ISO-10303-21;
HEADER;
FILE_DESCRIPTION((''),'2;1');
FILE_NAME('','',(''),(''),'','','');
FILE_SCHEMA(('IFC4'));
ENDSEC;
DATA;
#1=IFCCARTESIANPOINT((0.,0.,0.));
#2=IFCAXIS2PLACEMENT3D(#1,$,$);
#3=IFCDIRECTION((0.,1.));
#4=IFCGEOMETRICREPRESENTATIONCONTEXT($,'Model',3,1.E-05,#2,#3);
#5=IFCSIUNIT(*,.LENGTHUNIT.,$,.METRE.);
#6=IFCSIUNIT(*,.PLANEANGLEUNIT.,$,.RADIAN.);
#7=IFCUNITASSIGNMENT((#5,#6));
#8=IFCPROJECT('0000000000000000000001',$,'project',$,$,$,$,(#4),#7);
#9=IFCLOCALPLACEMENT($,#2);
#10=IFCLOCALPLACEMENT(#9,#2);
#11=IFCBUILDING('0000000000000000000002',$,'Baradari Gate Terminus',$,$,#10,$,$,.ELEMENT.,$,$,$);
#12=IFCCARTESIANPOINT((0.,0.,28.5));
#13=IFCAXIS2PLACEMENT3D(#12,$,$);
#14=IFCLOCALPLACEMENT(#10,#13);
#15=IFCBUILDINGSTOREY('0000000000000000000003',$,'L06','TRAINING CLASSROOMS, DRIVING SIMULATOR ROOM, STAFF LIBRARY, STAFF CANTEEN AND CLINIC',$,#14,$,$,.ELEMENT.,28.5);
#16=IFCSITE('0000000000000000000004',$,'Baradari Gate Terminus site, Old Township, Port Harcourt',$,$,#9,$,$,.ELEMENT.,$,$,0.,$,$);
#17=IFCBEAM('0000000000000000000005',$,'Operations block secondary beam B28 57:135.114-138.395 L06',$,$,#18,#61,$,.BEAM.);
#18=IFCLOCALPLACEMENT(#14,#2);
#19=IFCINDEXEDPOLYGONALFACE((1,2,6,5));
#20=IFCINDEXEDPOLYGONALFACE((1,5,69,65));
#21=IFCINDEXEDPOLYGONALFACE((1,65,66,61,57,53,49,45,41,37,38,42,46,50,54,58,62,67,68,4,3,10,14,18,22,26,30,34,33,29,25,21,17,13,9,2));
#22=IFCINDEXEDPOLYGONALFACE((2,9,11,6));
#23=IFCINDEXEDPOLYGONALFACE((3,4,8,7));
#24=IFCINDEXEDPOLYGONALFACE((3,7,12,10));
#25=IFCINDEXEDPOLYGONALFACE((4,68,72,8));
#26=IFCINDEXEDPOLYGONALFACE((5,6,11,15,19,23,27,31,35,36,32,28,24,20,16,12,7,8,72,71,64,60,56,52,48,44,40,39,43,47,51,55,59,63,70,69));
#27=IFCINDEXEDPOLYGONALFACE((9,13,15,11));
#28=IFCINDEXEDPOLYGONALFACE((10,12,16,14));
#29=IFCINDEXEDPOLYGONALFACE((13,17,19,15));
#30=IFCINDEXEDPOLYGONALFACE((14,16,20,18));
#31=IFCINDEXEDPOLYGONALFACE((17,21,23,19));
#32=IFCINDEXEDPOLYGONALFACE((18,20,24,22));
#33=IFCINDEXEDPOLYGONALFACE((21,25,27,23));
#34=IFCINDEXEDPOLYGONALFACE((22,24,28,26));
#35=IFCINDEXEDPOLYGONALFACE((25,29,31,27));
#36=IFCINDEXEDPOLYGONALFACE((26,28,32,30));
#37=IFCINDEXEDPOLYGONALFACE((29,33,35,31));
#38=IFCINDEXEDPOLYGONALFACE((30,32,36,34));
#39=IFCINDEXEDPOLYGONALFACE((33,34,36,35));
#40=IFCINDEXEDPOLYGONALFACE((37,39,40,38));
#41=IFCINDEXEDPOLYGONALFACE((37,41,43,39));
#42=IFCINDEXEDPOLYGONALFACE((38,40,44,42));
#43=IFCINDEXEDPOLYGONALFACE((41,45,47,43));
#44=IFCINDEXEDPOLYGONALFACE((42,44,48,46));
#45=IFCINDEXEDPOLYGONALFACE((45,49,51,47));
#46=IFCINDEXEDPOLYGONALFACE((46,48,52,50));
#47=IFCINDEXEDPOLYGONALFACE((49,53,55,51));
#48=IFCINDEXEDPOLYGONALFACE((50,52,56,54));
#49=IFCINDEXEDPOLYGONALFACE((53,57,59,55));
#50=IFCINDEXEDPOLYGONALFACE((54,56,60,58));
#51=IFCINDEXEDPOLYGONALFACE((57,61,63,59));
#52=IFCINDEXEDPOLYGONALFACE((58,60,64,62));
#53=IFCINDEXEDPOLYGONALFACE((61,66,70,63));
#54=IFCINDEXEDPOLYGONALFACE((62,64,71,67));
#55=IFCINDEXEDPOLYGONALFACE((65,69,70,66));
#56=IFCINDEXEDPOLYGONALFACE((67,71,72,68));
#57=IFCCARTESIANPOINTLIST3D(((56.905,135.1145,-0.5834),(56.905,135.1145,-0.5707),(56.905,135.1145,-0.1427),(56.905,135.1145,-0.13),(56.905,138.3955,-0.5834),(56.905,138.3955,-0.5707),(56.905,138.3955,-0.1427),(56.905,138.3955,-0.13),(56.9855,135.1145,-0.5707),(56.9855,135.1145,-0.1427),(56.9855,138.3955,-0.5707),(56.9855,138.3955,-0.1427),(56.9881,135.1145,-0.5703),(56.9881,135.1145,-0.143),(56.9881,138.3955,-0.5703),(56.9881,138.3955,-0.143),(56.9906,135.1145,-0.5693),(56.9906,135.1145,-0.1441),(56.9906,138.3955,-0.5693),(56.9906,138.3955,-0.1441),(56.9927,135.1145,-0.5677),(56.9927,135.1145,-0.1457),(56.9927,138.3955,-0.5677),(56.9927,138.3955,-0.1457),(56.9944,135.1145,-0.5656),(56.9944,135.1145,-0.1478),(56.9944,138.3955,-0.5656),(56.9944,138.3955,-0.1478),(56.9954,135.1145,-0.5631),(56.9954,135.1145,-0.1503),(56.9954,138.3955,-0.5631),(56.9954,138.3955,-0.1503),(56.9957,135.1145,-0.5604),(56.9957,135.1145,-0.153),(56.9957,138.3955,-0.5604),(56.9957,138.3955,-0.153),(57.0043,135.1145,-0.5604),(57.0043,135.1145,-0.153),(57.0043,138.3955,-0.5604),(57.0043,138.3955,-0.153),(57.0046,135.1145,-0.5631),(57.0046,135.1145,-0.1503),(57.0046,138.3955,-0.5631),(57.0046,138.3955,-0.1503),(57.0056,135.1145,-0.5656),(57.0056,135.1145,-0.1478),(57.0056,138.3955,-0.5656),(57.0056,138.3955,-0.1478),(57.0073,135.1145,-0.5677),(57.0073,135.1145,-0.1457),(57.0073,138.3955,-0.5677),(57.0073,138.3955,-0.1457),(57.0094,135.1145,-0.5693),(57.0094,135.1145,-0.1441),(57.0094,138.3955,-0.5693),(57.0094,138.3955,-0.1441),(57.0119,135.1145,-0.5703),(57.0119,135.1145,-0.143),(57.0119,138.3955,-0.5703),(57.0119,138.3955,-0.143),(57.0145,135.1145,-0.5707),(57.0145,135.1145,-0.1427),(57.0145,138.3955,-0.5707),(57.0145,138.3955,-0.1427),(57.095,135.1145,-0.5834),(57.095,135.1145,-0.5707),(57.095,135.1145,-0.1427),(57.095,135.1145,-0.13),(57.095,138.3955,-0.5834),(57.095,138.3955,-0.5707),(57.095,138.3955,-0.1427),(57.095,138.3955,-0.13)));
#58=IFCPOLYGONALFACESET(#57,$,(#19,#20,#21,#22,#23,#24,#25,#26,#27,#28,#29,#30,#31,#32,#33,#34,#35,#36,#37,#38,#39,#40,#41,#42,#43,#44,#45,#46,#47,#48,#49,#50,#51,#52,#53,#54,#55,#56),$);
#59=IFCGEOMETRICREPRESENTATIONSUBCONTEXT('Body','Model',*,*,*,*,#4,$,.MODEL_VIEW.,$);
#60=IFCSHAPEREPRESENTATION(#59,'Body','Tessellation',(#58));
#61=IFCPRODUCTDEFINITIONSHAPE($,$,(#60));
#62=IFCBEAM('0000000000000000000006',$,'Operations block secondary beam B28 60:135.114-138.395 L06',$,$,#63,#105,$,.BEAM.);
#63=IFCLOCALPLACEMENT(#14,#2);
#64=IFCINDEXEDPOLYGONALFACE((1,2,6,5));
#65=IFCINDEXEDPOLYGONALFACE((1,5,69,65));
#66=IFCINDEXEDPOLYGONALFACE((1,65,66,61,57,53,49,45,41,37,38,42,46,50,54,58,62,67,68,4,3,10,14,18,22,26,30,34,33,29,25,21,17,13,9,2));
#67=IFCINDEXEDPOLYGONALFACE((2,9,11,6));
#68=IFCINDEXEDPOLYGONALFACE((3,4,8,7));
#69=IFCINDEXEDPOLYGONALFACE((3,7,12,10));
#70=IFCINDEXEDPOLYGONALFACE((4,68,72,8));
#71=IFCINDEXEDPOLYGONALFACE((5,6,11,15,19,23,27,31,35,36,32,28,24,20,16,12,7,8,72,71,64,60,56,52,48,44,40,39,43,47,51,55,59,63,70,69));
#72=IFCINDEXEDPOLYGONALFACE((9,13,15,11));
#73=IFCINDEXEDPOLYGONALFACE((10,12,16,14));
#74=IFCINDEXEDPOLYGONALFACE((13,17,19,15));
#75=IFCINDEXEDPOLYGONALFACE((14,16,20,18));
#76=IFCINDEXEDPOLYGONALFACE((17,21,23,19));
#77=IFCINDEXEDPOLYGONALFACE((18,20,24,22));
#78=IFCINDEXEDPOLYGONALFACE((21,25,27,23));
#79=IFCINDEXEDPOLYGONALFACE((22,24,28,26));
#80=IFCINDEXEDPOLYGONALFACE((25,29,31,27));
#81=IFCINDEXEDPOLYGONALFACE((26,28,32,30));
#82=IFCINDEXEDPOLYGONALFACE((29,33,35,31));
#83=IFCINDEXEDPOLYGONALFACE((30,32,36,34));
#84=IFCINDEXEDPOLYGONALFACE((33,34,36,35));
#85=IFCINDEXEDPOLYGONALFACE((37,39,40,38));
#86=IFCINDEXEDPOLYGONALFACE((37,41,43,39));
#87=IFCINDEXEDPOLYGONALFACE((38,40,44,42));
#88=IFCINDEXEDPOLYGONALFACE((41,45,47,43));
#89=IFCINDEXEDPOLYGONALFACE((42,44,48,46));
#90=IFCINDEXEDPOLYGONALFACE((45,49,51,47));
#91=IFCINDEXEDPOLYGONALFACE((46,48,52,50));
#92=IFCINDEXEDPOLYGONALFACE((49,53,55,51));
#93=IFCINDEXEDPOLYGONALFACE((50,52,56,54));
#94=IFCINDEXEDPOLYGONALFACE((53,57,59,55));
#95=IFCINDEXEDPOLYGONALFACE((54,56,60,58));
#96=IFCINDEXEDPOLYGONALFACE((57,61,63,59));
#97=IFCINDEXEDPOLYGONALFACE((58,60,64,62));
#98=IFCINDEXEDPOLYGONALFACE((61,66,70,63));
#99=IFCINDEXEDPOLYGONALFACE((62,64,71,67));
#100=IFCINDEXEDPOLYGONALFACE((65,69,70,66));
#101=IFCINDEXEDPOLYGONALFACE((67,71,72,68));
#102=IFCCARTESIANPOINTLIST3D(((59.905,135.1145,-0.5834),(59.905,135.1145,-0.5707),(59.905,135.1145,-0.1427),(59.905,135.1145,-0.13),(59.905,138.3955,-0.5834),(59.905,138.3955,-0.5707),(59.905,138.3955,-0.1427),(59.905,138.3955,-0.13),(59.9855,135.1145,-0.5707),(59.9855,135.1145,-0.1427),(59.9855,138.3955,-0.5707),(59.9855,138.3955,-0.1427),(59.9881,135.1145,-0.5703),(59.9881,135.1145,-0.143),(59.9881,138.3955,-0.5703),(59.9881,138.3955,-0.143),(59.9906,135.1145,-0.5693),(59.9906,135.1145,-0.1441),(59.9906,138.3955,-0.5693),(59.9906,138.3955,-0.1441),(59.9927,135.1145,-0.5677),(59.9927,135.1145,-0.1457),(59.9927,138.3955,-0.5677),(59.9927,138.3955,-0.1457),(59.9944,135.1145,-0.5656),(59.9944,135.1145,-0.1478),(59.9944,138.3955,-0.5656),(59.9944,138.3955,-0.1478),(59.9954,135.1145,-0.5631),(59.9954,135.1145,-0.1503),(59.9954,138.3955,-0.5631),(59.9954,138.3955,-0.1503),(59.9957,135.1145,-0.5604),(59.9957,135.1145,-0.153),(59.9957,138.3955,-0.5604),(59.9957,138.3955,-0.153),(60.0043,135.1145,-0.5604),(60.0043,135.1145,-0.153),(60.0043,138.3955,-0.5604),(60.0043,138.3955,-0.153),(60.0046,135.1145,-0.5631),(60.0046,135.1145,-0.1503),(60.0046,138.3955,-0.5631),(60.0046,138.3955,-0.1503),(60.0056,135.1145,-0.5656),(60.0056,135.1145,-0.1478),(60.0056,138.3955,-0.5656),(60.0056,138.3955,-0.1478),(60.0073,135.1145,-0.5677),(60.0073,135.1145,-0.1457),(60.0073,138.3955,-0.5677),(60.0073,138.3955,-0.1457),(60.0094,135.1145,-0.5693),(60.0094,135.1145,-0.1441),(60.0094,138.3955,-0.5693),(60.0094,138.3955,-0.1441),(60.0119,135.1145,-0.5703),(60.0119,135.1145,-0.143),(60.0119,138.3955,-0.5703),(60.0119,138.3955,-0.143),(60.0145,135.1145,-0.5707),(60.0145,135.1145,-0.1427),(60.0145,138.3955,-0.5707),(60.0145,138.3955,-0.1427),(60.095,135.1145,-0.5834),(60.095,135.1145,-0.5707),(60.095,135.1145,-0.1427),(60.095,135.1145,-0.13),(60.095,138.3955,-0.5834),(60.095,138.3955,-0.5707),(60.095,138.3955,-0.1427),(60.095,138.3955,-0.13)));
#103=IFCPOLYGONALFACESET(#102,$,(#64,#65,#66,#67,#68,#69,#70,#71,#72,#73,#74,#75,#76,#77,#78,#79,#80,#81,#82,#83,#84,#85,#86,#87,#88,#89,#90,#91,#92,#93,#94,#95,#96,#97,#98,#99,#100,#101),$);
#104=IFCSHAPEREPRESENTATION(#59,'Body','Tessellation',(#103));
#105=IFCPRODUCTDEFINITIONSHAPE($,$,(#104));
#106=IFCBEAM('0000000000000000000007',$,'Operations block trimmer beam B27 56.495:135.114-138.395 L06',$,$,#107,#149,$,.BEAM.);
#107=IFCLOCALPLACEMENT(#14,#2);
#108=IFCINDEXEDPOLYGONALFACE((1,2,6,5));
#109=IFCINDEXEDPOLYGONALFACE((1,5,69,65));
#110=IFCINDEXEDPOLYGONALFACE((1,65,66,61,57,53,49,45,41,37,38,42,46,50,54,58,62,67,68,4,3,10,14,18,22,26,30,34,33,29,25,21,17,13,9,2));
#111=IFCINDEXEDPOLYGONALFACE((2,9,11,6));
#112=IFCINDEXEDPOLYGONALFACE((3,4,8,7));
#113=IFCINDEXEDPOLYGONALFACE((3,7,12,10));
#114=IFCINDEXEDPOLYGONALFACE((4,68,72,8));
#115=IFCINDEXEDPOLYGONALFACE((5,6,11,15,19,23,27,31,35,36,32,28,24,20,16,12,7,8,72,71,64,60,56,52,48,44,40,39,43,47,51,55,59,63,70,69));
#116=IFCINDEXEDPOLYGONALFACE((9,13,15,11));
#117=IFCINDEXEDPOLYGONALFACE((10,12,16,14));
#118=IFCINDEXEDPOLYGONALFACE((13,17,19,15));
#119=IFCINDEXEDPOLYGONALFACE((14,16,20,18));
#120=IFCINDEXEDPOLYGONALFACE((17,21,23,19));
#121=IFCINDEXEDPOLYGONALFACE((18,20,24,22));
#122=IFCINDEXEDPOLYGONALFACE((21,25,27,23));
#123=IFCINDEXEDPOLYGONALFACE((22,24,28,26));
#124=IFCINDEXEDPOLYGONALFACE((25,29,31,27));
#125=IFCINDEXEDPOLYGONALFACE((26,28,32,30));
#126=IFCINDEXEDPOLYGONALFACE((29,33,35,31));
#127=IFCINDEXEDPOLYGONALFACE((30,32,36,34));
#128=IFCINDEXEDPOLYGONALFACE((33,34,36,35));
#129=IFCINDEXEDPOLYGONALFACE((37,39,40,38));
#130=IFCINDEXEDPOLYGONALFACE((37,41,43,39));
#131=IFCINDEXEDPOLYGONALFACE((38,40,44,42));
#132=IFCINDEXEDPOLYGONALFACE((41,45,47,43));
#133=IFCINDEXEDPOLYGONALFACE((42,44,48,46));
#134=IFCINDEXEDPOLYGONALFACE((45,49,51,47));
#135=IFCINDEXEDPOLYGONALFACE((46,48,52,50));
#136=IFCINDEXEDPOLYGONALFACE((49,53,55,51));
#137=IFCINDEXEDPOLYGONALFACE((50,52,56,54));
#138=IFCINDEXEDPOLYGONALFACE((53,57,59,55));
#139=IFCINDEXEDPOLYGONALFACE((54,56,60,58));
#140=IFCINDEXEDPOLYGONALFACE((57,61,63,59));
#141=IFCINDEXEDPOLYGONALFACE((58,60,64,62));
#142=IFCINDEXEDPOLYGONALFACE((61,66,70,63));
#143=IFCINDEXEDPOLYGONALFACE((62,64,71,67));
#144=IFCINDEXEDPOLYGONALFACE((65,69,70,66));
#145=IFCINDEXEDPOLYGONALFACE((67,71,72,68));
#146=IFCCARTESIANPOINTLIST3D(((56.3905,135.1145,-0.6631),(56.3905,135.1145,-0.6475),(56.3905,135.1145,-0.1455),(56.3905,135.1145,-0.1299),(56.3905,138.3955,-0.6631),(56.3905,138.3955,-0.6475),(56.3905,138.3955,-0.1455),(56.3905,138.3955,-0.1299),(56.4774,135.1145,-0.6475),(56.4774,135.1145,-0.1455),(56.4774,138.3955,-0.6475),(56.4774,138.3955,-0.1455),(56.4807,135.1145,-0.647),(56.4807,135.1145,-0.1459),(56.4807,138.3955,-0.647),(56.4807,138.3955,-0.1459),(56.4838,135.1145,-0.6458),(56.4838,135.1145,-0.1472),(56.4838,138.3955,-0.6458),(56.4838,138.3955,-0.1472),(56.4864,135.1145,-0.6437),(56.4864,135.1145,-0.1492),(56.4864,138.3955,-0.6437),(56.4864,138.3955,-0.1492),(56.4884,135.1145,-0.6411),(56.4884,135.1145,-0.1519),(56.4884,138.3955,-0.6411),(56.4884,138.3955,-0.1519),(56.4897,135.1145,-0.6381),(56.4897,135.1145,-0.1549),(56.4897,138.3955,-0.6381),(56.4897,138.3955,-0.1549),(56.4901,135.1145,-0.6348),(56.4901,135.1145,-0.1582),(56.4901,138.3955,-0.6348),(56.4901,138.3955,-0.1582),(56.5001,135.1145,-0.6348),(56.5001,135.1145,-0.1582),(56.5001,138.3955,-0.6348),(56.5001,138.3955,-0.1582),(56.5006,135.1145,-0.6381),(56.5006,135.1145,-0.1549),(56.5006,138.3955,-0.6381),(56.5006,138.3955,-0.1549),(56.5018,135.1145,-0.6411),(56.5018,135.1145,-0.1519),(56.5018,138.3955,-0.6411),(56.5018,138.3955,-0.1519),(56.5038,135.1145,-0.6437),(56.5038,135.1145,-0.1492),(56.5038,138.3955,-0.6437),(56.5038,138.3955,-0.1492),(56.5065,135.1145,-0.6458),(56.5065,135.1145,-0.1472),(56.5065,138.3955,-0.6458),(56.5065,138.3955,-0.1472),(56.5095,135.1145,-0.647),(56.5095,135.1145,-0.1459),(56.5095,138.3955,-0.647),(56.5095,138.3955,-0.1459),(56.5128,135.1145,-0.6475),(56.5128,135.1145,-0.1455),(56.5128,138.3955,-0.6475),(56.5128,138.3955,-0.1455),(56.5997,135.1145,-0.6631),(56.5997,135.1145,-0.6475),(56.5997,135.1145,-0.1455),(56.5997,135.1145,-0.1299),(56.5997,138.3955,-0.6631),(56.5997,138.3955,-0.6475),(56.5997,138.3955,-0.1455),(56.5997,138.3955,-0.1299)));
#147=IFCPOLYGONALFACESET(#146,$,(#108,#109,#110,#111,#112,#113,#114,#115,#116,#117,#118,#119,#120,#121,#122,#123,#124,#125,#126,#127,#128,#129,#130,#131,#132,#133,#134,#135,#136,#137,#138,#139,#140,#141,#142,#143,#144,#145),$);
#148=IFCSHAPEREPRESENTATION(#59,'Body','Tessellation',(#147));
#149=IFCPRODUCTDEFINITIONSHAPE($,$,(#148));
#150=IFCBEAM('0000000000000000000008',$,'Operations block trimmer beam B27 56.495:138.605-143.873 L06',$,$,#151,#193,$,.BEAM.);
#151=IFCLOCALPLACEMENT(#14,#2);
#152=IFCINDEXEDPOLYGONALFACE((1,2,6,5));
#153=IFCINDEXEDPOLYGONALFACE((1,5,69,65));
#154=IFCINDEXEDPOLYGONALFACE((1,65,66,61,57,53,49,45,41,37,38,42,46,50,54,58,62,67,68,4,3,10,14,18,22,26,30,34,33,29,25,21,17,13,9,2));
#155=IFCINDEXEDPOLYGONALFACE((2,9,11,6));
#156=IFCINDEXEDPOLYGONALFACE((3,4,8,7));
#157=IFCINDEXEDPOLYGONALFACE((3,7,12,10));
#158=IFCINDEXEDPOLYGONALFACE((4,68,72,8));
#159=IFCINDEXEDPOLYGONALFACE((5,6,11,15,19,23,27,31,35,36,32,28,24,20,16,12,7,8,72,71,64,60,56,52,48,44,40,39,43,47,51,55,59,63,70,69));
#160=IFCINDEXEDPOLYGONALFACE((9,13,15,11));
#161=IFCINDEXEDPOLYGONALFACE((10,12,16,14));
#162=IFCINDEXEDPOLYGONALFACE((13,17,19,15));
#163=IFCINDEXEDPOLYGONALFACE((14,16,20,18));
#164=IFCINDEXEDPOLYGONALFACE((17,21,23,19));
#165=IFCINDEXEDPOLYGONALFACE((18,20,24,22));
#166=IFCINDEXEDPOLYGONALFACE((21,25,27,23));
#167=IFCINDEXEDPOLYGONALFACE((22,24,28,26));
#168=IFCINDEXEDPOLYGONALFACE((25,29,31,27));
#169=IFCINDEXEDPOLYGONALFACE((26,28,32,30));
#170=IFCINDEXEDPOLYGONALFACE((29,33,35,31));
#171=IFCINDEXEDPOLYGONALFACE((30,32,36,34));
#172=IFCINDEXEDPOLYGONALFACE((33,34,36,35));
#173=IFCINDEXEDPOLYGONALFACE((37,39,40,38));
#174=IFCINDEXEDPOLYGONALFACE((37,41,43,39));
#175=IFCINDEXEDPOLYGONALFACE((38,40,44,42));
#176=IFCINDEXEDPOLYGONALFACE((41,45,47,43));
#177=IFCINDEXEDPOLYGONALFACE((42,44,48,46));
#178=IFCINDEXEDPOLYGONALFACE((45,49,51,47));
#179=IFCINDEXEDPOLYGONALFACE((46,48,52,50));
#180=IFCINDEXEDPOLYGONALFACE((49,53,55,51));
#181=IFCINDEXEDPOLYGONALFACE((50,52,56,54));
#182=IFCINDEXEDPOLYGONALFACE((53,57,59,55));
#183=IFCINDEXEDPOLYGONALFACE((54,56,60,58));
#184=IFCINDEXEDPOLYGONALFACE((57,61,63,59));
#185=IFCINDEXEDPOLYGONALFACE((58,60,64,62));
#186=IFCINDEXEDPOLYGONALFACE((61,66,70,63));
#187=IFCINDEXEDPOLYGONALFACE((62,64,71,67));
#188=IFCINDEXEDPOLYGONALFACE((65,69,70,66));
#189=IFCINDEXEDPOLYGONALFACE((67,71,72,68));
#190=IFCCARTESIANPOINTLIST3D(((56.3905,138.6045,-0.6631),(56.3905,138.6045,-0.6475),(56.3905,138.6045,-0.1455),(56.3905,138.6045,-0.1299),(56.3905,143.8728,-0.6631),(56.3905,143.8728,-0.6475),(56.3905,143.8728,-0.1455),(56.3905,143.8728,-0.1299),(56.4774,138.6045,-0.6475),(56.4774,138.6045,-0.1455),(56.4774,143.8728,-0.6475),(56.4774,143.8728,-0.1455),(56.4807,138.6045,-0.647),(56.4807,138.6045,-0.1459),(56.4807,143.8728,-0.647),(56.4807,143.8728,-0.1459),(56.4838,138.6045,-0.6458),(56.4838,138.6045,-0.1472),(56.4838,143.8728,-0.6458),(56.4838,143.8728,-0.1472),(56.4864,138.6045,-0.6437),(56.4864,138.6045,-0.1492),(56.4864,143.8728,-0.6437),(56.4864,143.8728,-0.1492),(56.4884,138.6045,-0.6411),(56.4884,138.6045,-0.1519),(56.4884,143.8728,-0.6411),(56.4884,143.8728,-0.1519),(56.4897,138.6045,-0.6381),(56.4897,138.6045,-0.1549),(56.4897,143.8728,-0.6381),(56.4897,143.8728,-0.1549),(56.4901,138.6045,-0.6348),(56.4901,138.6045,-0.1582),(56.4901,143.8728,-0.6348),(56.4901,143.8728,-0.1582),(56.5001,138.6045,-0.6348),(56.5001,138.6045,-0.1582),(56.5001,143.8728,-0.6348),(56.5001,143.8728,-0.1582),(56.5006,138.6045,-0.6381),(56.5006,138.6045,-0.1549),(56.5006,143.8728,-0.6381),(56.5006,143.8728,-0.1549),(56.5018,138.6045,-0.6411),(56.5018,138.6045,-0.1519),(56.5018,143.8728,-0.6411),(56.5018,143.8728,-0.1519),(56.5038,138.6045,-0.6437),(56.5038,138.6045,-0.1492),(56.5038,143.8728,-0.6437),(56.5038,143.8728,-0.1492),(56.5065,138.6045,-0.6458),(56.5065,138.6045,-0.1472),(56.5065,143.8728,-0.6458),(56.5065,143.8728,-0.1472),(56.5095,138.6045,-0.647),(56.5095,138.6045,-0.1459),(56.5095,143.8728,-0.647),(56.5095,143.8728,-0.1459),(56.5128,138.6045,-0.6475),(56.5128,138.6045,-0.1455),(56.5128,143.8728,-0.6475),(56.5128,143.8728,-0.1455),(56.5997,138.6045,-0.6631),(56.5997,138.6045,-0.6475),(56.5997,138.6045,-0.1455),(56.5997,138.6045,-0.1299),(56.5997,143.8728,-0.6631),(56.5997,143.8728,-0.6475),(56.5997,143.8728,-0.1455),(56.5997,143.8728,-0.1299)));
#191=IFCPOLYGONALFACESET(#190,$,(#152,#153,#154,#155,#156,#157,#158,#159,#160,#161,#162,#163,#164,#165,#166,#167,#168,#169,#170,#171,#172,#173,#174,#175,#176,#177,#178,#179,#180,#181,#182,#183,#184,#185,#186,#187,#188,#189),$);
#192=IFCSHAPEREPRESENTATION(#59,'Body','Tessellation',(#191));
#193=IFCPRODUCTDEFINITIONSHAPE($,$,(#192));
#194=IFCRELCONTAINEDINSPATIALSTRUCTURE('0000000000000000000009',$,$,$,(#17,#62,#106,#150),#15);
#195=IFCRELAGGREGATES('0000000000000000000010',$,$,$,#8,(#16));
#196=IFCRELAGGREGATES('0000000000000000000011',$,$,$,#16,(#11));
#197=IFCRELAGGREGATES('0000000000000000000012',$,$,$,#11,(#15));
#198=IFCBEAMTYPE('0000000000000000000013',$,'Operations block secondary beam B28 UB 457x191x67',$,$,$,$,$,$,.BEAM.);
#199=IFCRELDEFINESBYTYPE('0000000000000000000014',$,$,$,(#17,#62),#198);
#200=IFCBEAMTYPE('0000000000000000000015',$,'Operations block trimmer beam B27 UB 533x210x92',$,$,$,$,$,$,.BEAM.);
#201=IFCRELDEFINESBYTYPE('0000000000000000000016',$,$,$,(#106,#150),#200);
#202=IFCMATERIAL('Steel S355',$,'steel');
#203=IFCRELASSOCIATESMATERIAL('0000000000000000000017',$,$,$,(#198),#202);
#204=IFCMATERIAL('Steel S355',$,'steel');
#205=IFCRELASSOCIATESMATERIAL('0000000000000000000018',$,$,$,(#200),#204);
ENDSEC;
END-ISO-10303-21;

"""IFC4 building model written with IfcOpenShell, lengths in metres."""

from ifc_helpers import new_model, si_unit, direction, frame, origin, origin_2d, place, context, subcontext, project, spatial, i_section, extrude, material, material_profile, profile_set, type_object, element, save


model = new_model("IFC4")

# Units and contexts
model_context = context("Model", 3, precision=1e-05, world=origin(), true_north=direction((0.0, 1.0)))
body_context = subcontext(model_context, "Body", "Model", "MODEL_VIEW")
ifc_project = project(units=[si_unit("LENGTHUNIT", "METRE"), si_unit("PLANEANGLEUNIT", "RADIAN")], contexts=[model_context])

# Site, building, storey
site_placement = place(None, origin())
site = spatial("IfcSite", under=ifc_project, at=site_placement, Name="Baradari Gate Terminus site, Old Township, Port Harcourt", CompositionType="ELEMENT", RefElevation=0.0)
building_placement = place(site_placement, origin())
building = spatial("IfcBuilding", under=site, at=building_placement, Name="Baradari Gate Terminus", CompositionType="ELEMENT")
storey_placement = place(building_placement, frame((0.0, 0.0, 28.5)))
storey = spatial("IfcBuildingStorey", under=building, at=storey_placement, Name="L06", Description="TRAINING CLASSROOMS, DRIVING SIMULATOR ROOM, STAFF LIBRARY, STAFF CANTEEN AND CLINIC", CompositionType="ELEMENT", Elevation=28.5)

# Beams
ifc_material_1 = material(Name="Steel S355", Category="steel")
ifc_material_profile_1 = material_profile(ifc_material_1, i_section(OverallWidth=0.1899, OverallDepth=0.4534, WebThickness=0.0085, FlangeThickness=0.0127, FilletRadius=0.0103, at=origin_2d()), Name="UB 457x191x67")
ifc_profile_set_1 = profile_set([ifc_material_profile_1], Name="Steel S355")
beam_type_1 = type_object("IfcBeamType", Name="Operations block secondary beam B28 UB 457x191x67", PredefinedType="BEAM", material=ifc_profile_set_1)
for number, where, z_axis, x_axis, name in (
    (1, (57.0, 135.1145, -0.3567), (0.0, 1.0, 0.0), (-1.0, 0.0, 0.0), "Operations block secondary beam B28 57:135.114-138.395 L06"),
    (2, (60.0, 135.1145, -0.3567), (0.0, 1.0, 0.0), (-1.0, 0.0, 0.0), "Operations block secondary beam B28 60:135.114-138.395 L06"),
):
    element("IfcBeam", number, at=place(storey_placement, frame(where, z_axis=z_axis, x_axis=x_axis)), inside=storey, type_object=beam_type_1, Name=name, PredefinedType="BEAM", context=body_context, shape_type="SweptSolid", body=[
        extrude(i_section(OverallWidth=0.1899, OverallDepth=0.4534, WebThickness=0.0085, FlangeThickness=0.0127, FilletRadius=0.0103, at=origin_2d()), origin(), (0.0, 0.0, 1.0), 3.281),
    ])
ifc_material_2 = material(Name="Steel S355", Category="steel")
ifc_material_profile_2 = material_profile(ifc_material_2, i_section(OverallWidth=0.2092, OverallDepth=0.5332, WebThickness=0.01, FlangeThickness=0.0156, FilletRadius=0.0127, at=origin_2d()), Name="UB 533x210x92")
ifc_profile_set_2 = profile_set([ifc_material_profile_2], Name="Steel S355")
beam_type_2 = type_object("IfcBeamType", Name="Operations block trimmer beam B27 UB 533x210x92", PredefinedType="BEAM", material=ifc_profile_set_2)
beam_1_placement = place(storey_placement, frame((56.4951, 135.1145, -0.3965), z_axis=(0.0, 1.0, 0.0), x_axis=(-1.0, 0.0, 0.0)))
element("IfcBeam", 3, at=beam_1_placement, inside=storey, type_object=beam_type_2, Name="Operations block trimmer beam B27 56.495:135.114-138.395 L06", PredefinedType="BEAM", context=body_context, shape_type="SweptSolid", body=[
    extrude(i_section(OverallWidth=0.2092, OverallDepth=0.5332, WebThickness=0.01, FlangeThickness=0.0156, FilletRadius=0.0127, at=origin_2d()), origin(), (0.0, 0.0, 1.0), 3.281),
])
beam_2_placement = place(storey_placement, frame((56.4951, 138.6045, -0.3965), z_axis=(0.0, 1.0, 0.0), x_axis=(-1.0, 0.0, 0.0)))
element("IfcBeam", 4, at=beam_2_placement, inside=storey, type_object=beam_type_2, Name="Operations block trimmer beam B27 56.495:138.605-143.873 L06", PredefinedType="BEAM", context=body_context, shape_type="SweptSolid", body=[
    extrude(i_section(OverallWidth=0.2092, OverallDepth=0.5332, WebThickness=0.01, FlangeThickness=0.0156, FilletRadius=0.0127, at=origin_2d()), origin(), (0.0, 0.0, 1.0), 5.2683),
])

save(model, "model.ifc")
